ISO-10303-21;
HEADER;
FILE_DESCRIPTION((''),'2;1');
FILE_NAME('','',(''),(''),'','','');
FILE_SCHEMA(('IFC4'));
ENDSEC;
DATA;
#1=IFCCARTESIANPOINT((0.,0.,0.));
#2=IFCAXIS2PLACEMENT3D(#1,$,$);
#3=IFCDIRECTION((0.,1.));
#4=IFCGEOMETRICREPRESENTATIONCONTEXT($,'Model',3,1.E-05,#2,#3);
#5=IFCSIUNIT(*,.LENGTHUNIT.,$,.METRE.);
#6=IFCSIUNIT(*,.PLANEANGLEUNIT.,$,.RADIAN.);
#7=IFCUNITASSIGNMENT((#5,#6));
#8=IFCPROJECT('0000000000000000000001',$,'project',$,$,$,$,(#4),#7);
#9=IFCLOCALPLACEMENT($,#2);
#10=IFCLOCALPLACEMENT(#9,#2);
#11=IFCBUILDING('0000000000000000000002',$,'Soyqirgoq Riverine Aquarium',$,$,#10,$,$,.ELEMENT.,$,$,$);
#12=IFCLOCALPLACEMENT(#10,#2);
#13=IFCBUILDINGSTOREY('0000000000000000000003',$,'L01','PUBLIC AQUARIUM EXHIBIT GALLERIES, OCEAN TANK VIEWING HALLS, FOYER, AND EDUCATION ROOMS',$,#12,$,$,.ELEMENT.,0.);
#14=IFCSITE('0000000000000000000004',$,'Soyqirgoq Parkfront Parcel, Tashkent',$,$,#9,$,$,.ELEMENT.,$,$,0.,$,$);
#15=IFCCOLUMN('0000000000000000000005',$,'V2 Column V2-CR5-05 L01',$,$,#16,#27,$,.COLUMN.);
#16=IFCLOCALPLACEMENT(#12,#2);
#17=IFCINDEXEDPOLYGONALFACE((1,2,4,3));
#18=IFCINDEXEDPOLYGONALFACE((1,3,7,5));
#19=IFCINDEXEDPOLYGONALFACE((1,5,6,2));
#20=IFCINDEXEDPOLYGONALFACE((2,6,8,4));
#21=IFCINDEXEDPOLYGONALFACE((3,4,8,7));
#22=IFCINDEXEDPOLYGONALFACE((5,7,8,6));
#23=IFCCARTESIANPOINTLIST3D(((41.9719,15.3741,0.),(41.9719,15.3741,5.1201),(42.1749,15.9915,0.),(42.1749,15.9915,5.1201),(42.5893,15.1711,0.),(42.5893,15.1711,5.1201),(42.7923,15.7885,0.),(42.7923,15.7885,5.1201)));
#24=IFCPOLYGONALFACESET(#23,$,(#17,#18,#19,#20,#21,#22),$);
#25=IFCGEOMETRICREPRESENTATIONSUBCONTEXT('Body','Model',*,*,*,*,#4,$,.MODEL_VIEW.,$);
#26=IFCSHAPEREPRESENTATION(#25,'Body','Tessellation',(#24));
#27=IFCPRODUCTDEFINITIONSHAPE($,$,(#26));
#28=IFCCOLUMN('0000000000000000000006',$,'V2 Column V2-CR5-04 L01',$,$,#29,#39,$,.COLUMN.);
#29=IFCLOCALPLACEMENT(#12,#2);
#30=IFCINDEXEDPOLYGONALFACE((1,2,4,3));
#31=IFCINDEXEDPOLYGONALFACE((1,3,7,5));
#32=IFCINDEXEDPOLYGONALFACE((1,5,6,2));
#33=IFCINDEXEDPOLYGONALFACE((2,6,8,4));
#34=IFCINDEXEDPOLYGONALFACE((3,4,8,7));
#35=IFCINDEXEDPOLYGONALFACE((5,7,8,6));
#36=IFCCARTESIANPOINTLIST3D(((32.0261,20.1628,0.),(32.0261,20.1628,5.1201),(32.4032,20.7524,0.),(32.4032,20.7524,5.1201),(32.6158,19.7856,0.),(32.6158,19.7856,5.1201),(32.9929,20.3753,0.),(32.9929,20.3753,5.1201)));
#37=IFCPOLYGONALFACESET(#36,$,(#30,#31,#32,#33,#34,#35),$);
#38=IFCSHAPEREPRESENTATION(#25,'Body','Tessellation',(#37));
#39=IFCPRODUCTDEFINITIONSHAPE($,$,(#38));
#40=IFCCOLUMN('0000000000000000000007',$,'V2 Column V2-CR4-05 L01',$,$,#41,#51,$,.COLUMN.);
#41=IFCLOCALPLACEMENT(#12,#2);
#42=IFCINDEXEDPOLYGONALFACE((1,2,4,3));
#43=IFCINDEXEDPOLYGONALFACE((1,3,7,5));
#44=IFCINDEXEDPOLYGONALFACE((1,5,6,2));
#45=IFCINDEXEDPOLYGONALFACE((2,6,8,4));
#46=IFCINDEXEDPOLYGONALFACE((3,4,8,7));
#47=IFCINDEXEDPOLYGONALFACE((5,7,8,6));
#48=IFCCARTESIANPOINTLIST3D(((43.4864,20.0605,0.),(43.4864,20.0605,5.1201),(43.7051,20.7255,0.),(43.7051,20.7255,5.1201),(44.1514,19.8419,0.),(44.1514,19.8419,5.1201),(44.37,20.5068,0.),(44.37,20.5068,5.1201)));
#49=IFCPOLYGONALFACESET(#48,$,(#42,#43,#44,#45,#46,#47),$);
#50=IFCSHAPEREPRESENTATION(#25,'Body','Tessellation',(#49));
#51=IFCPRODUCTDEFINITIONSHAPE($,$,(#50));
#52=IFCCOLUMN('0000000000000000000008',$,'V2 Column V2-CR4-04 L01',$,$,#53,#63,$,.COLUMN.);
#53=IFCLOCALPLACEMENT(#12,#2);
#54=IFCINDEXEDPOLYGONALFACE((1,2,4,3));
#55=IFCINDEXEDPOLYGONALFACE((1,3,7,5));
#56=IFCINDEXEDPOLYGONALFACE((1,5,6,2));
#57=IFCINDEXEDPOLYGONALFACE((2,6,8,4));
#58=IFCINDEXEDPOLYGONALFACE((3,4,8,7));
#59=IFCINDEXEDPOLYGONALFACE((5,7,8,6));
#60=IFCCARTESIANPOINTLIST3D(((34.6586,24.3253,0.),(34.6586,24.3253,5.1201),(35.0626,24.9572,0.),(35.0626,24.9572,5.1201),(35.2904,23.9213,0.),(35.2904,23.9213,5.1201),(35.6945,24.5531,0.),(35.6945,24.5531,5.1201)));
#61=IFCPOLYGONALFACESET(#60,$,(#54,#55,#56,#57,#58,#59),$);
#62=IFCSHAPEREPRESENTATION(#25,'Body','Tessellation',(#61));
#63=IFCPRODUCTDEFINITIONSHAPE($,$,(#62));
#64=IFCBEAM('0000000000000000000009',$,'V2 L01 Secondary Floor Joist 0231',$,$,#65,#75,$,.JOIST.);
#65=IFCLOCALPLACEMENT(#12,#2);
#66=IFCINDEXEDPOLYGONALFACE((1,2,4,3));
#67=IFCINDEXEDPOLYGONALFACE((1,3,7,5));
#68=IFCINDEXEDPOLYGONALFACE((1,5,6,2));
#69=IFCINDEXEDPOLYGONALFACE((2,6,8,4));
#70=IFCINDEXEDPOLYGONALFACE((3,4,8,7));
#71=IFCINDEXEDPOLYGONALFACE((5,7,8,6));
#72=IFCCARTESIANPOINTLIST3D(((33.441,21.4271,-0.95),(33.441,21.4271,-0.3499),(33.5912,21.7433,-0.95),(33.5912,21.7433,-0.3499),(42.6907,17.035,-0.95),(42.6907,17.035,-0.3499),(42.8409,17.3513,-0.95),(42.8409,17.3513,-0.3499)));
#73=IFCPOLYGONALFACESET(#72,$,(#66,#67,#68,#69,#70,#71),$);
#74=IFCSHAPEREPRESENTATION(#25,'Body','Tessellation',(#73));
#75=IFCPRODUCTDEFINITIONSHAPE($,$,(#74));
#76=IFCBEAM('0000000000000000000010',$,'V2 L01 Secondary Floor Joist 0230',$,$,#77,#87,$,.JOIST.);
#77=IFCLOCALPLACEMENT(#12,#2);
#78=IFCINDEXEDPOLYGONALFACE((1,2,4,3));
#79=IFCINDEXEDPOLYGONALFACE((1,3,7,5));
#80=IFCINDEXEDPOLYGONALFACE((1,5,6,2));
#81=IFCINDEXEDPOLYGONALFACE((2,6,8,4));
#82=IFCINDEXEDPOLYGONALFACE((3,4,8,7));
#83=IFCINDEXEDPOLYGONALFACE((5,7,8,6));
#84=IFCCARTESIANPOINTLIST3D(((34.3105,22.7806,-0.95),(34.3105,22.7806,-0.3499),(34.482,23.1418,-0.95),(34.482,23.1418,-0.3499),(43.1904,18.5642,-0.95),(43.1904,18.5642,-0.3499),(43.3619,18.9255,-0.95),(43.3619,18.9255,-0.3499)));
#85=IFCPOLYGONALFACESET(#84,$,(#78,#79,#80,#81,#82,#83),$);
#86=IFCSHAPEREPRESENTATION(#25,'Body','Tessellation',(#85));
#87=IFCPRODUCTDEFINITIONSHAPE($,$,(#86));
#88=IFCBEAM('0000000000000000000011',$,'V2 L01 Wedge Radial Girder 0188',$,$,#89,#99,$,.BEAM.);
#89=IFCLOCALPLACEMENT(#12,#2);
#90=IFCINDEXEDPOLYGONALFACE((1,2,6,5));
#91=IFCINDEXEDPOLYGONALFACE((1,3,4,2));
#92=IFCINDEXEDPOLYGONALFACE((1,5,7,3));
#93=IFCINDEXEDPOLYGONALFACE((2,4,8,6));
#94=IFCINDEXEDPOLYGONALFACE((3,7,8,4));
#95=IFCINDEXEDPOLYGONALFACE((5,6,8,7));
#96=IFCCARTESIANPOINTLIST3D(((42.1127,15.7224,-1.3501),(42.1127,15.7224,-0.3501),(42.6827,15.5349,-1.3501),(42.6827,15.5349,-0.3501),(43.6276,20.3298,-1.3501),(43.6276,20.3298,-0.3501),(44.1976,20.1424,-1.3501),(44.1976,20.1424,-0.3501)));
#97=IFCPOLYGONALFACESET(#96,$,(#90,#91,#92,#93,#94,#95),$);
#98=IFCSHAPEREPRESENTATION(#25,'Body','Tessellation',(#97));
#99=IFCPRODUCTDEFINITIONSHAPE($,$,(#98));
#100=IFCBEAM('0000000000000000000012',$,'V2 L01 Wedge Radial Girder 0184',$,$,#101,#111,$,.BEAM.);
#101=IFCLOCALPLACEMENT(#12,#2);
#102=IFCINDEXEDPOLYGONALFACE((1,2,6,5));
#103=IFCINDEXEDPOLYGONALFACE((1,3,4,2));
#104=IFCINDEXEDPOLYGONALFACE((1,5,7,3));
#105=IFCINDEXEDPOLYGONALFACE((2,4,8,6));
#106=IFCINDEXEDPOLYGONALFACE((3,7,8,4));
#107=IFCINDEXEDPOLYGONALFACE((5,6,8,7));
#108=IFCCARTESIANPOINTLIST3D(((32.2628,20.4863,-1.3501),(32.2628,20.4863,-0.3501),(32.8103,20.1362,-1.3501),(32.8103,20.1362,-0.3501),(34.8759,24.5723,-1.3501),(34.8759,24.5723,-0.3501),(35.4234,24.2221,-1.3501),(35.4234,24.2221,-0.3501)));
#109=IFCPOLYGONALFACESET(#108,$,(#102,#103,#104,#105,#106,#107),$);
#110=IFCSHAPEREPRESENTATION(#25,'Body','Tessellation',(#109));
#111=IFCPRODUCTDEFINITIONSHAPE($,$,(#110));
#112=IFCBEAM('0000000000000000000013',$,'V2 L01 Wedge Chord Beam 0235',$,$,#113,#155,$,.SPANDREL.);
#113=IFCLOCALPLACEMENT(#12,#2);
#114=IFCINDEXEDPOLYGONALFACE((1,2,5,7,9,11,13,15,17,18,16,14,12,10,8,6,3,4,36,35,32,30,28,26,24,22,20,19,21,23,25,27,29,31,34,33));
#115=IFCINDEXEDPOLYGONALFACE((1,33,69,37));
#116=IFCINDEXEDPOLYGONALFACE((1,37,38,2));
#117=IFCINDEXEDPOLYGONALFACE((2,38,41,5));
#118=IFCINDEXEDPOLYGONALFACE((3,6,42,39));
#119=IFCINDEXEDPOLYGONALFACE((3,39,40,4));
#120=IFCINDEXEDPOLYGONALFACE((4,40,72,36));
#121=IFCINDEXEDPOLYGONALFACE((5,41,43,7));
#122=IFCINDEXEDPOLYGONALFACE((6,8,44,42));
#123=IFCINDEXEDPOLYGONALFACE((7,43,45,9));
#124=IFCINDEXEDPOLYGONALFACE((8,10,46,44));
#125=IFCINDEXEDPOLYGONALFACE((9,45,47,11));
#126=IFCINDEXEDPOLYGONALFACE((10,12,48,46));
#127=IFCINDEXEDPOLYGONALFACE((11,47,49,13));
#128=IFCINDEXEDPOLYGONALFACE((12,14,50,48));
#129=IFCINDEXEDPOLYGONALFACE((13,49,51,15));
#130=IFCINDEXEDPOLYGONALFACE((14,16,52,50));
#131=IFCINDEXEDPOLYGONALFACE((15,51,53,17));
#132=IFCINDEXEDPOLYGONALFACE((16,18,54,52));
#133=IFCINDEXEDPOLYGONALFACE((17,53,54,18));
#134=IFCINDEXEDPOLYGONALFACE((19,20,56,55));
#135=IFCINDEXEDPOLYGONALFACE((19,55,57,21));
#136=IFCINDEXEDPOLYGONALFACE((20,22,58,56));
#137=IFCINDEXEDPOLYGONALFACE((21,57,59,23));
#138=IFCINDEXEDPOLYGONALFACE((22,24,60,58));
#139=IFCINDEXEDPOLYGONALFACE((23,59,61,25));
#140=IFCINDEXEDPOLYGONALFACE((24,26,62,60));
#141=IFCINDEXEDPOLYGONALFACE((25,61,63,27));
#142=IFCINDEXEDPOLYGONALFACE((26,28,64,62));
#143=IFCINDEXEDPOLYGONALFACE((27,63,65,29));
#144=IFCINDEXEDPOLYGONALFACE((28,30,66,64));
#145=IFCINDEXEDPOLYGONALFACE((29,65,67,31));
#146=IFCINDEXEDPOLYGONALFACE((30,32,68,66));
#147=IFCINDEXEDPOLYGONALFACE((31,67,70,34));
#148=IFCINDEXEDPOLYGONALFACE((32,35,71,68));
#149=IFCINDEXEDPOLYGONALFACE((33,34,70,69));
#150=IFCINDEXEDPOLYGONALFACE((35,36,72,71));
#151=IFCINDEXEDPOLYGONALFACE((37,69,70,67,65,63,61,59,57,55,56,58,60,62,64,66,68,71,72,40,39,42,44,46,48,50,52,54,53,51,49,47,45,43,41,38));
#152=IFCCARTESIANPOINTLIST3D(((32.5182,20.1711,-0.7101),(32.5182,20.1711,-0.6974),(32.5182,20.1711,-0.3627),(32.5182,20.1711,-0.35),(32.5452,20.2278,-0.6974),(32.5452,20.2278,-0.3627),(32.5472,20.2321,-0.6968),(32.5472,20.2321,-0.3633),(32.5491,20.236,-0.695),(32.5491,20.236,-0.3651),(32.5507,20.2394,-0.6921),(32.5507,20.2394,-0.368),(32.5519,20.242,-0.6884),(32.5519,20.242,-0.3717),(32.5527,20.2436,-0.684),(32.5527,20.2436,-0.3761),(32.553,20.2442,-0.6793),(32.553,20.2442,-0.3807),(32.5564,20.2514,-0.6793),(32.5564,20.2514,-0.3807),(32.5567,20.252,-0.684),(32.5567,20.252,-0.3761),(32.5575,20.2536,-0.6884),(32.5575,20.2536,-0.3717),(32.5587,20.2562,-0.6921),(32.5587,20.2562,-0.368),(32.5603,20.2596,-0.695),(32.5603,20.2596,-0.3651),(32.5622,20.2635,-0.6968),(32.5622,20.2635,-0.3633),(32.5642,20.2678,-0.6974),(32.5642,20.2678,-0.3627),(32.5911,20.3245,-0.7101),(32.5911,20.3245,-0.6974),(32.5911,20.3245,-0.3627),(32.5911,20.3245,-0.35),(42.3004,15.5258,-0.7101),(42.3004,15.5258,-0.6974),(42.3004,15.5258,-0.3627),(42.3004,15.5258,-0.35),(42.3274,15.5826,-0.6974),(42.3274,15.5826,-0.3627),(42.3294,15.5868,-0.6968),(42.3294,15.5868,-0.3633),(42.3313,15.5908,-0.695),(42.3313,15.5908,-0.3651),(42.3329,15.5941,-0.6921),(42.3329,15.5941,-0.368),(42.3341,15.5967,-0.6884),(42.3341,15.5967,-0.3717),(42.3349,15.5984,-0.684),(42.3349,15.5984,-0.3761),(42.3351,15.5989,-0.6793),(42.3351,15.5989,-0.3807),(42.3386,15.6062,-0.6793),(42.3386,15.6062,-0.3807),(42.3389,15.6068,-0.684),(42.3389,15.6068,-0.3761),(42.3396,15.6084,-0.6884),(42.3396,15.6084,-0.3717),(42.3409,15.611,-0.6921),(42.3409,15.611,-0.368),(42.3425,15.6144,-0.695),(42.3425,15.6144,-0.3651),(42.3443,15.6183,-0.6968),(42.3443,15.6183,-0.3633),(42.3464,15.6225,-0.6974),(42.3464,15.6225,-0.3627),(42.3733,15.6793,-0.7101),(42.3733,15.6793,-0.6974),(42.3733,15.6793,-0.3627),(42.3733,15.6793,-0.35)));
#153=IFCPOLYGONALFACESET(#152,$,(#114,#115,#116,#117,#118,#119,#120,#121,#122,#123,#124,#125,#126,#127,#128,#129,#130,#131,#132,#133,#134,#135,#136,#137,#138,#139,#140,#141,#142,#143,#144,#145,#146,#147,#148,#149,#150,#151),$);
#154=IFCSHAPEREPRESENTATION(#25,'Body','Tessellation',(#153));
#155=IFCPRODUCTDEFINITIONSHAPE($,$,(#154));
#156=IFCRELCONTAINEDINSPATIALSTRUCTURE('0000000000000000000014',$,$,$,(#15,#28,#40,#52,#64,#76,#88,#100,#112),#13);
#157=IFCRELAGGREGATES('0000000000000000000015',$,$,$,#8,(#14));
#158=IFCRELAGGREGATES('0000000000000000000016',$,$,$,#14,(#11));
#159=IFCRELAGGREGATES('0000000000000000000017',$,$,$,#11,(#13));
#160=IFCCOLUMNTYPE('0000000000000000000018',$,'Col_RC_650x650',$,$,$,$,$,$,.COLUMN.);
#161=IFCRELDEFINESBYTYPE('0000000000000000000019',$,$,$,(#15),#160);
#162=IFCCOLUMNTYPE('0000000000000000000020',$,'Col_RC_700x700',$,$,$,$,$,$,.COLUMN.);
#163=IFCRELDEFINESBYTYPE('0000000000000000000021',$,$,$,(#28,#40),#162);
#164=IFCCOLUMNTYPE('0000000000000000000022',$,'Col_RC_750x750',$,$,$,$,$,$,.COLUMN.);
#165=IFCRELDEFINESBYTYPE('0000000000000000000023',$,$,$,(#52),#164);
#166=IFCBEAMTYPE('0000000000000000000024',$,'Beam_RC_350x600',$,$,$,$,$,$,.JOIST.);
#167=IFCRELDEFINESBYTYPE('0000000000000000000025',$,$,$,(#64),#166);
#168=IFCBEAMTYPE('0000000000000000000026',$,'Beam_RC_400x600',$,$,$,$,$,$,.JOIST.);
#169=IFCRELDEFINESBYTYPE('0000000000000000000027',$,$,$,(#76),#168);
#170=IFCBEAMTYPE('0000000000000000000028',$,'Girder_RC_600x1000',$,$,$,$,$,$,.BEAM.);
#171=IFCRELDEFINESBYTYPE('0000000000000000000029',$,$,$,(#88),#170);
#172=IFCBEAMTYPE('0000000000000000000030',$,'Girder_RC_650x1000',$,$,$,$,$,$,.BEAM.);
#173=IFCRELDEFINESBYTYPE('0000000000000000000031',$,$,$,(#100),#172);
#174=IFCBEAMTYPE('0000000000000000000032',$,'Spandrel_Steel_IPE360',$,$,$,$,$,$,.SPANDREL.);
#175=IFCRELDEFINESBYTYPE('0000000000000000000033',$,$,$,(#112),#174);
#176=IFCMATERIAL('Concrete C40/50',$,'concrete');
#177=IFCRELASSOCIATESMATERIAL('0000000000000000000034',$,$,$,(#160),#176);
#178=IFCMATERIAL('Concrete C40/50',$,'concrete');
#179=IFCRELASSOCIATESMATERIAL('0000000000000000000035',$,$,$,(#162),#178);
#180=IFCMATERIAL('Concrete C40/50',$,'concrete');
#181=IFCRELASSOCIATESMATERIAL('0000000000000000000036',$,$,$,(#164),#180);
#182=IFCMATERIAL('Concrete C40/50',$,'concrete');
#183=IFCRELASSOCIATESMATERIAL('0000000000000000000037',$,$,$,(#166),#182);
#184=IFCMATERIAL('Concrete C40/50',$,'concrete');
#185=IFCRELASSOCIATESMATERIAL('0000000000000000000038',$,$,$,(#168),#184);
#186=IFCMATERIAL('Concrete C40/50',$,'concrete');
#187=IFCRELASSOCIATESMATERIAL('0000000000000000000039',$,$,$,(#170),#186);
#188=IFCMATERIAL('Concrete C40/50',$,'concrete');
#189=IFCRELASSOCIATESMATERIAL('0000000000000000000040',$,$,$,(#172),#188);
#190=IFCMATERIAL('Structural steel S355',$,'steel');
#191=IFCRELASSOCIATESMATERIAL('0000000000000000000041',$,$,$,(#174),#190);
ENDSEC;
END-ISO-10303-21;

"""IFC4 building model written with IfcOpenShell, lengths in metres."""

from ifc_helpers import new_model, si_unit, direction, frame, origin, origin_2d, place, context, subcontext, project, spatial, rectangle, i_section, extrude, material, material_profile, profile_set, type_object, element, save


model = new_model("IFC4")

# Units and contexts
model_context = context("Model", 3, precision=1e-05, world=origin(), true_north=direction((0.0, 1.0)))
body_context = subcontext(model_context, "Body", "Model", "MODEL_VIEW")
ifc_project = project(units=[si_unit("LENGTHUNIT", "METRE"), si_unit("PLANEANGLEUNIT", "RADIAN")], contexts=[model_context])

# Site, building, storey
site_placement = place(None, origin())
site = spatial("IfcSite", under=ifc_project, at=site_placement, Name="Soyqirgoq Parkfront Parcel, Tashkent", CompositionType="ELEMENT", RefElevation=0.0)
building_placement = place(site_placement, origin())
building = spatial("IfcBuilding", under=site, at=building_placement, Name="Soyqirgoq Riverine Aquarium", CompositionType="ELEMENT")
storey_placement = place(building_placement, origin())
storey = spatial("IfcBuildingStorey", under=building, at=storey_placement, Name="L01", Description="PUBLIC AQUARIUM EXHIBIT GALLERIES, OCEAN TANK VIEWING HALLS, FOYER, AND EDUCATION ROOMS", CompositionType="ELEMENT", Elevation=0.0)

# Columns
ifc_material_1 = material(Name="Concrete C40/50", Category="concrete")
ifc_material_profile_1 = material_profile(ifc_material_1, rectangle(XDim=0.6499, YDim=0.6499, at=origin_2d()), Name="RC 650x650")
ifc_profile_set_1 = profile_set([ifc_material_profile_1], Name="Concrete C40/50")
column_type_1 = type_object("IfcColumnType", Name="Col_RC_650x650", PredefinedType="COLUMN", material=ifc_profile_set_1)
column_1_placement = place(storey_placement, frame((42.3821, 15.5813, 0.0), z_axis=(0.0, 0.0, 1.0), x_axis=(-0.312335, -0.949972, 0.0)))
element("IfcColumn", 1, at=column_1_placement, inside=storey, type_object=column_type_1, Name="V2 Column V2-CR5-05 L01", PredefinedType="COLUMN", context=body_context, shape_type="SweptSolid", body=[
    extrude(rectangle(XDim=0.6499, YDim=0.6499, at=origin_2d()), origin(), (0.0, 0.0, 1.0), 5.1201),
])
ifc_material_2 = material(Name="Concrete C40/50", Category="concrete")
ifc_material_profile_2 = material_profile(ifc_material_2, rectangle(XDim=0.7, YDim=0.7, at=origin_2d()), Name="RC 700x700")
ifc_profile_set_2 = profile_set([ifc_material_profile_2], Name="Concrete C40/50")
column_type_2 = type_object("IfcColumnType", Name="Col_RC_700x700", PredefinedType="COLUMN", material=ifc_profile_set_2)
for number, where, z_axis, x_axis, name in (
    (2, (32.5095, 20.269, 0.0), (0.0, 0.0, 1.0), (-0.538771, -0.842452, 0.0), "V2 Column V2-CR5-04 L01"),
    (3, (43.9282, 20.2837, 0.0), (0.0, 0.0, 1.0), (-0.312335, -0.949972, 0.0), "V2 Column V2-CR4-05 L01"),
):
    element("IfcColumn", number, at=place(storey_placement, frame(where, z_axis=z_axis, x_axis=x_axis)), inside=storey, type_object=column_type_2, Name=name, PredefinedType="COLUMN", context=body_context, shape_type="SweptSolid", body=[
        extrude(rectangle(XDim=0.7, YDim=0.7, at=origin_2d()), origin(), (0.0, 0.0, 1.0), 5.1201),
    ])
ifc_material_3 = material(Name="Concrete C40/50", Category="concrete")
ifc_material_profile_3 = material_profile(ifc_material_3, rectangle(XDim=0.75, YDim=0.75, at=origin_2d()), Name="RC 750x750")
ifc_profile_set_3 = profile_set([ifc_material_profile_3], Name="Concrete C40/50")
column_type_3 = type_object("IfcColumnType", Name="Col_RC_750x750", PredefinedType="COLUMN", material=ifc_profile_set_3)
column_2_placement = place(storey_placement, frame((35.1765, 24.4392, 0.0), z_axis=(0.0, 0.0, 1.0), x_axis=(-0.538771, -0.842452, 0.0)))
element("IfcColumn", 4, at=column_2_placement, inside=storey, type_object=column_type_3, Name="V2 Column V2-CR4-04 L01", PredefinedType="COLUMN", context=body_context, shape_type="SweptSolid", body=[
    extrude(rectangle(XDim=0.75, YDim=0.75, at=origin_2d()), origin(), (0.0, 0.0, 1.0), 5.1201),
])

# Beams
ifc_material_4 = material(Name="Concrete C40/50", Category="concrete")
ifc_material_profile_4 = material_profile(ifc_material_4, rectangle(XDim=0.3501, YDim=0.6001, at=origin_2d()), Name="RC 350x600")
ifc_profile_set_4 = profile_set([ifc_material_profile_4], Name="Concrete C40/50")
beam_type_1 = type_object("IfcBeamType", Name="Beam_RC_350x600", PredefinedType="JOIST", material=ifc_profile_set_4)
beam_1_placement = place(storey_placement, frame((33.5161, 21.5852, -0.6499), z_axis=(0.903336, -0.428934, 0.0), x_axis=(0.428934, 0.903336, 0.0)))
element("IfcBeam", 5, at=beam_1_placement, inside=storey, type_object=beam_type_1, Name="V2 L01 Secondary Floor Joist 0231", PredefinedType="JOIST", context=body_context, shape_type="SweptSolid", body=[
    extrude(rectangle(XDim=0.3501, YDim=0.6001, at=origin_2d()), origin(), (0.0, 0.0, 1.0), 10.2395),
])
ifc_material_5 = material(Name="Concrete C40/50", Category="concrete")
ifc_material_profile_5 = material_profile(ifc_material_5, rectangle(XDim=0.3999, YDim=0.6001, at=origin_2d()), Name="RC 400x600")
ifc_profile_set_5 = profile_set([ifc_material_profile_5], Name="Concrete C40/50")
beam_type_2 = type_object("IfcBeamType", Name="Beam_RC_400x600", PredefinedType="JOIST", material=ifc_profile_set_5)
beam_2_placement = place(storey_placement, frame((34.3962, 22.9612, -0.6499), z_axis=(0.903342, -0.428921, 0.0), x_axis=(0.428921, 0.903342, 0.0)))
element("IfcBeam", 6, at=beam_2_placement, inside=storey, type_object=beam_type_2, Name="V2 L01 Secondary Floor Joist 0230", PredefinedType="JOIST", context=body_context, shape_type="SweptSolid", body=[
    extrude(rectangle(XDim=0.3999, YDim=0.6001, at=origin_2d()), origin(), (0.0, 0.0, 1.0), 9.8301),
])
ifc_material_6 = material(Name="Concrete C40/50", Category="concrete")
ifc_material_profile_6 = material_profile(ifc_material_6, rectangle(XDim=0.6001, YDim=1.0, at=origin_2d()), Name="RC 600x1000")
ifc_profile_set_6 = profile_set([ifc_material_profile_6], Name="Concrete C40/50")
beam_type_3 = type_object("IfcBeamType", Name="Girder_RC_600x1000", PredefinedType="BEAM", material=ifc_profile_set_6)
beam_3_placement = place(storey_placement, frame((43.9126, 20.2361, -0.8501), z_axis=(-0.312344, -0.949969, 0.0), x_axis=(0.949969, -0.312344, 0.0)))
element("IfcBeam", 7, at=beam_3_placement, inside=storey, type_object=beam_type_3, Name="V2 L01 Wedge Radial Girder 0188", PredefinedType="BEAM", context=body_context, shape_type="SweptSolid", body=[
    extrude(rectangle(XDim=0.6001, YDim=1.0, at=origin_2d()), origin(), (0.0, 0.0, 1.0), 4.8501),
])
ifc_material_7 = material(Name="Concrete C40/50", Category="concrete")
ifc_material_profile_7 = material_profile(ifc_material_7, rectangle(XDim=0.6499, YDim=1.0, at=origin_2d()), Name="RC 650x1000")
ifc_profile_set_7 = profile_set([ifc_material_profile_7], Name="Concrete C40/50")
beam_type_4 = type_object("IfcBeamType", Name="Girder_RC_650x1000", PredefinedType="BEAM", material=ifc_profile_set_7)
beam_4_placement = place(storey_placement, frame((35.1497, 24.3972, -0.8501), z_axis=(-0.538767, -0.842455, 0.0), x_axis=(0.842455, -0.538767, 0.0)))
element("IfcBeam", 8, at=beam_4_placement, inside=storey, type_object=beam_type_4, Name="V2 L01 Wedge Radial Girder 0184", PredefinedType="BEAM", context=body_context, shape_type="SweptSolid", body=[
    extrude(rectangle(XDim=0.6499, YDim=1.0, at=origin_2d()), origin(), (0.0, 0.0, 1.0), 4.8501),
])
ifc_material_8 = material(Name="Structural steel S355", Category="steel")
ifc_material_profile_8 = material_profile(ifc_material_8, i_section(OverallWidth=0.1699, OverallDepth=0.3601, WebThickness=0.0081, FlangeThickness=0.0127, FilletRadius=0.0181, at=origin_2d()), Name="IPE 360")
ifc_profile_set_8 = profile_set([ifc_material_profile_8], Name="Structural steel S355")
beam_type_5 = type_object("IfcBeamType", Name="Spandrel_Steel_IPE360", PredefinedType="SPANDREL", material=ifc_profile_set_8)
beam_5_placement = place(storey_placement, frame((32.5547, 20.2478, -0.53), z_axis=(0.903324, -0.428959, 0.0), x_axis=(0.428959, 0.903324, 0.0)))
element("IfcBeam", 9, at=beam_5_placement, inside=storey, type_object=beam_type_5, Name="V2 L01 Wedge Chord Beam 0235", PredefinedType="SPANDREL", context=body_context, shape_type="SweptSolid", body=[
    extrude(i_section(OverallWidth=0.1699, OverallDepth=0.3601, WebThickness=0.0081, FlangeThickness=0.0127, FilletRadius=0.0181, at=origin_2d()), origin(), (0.0, 0.0, 1.0), 10.8291),
])

save(model, "model.ifc")
